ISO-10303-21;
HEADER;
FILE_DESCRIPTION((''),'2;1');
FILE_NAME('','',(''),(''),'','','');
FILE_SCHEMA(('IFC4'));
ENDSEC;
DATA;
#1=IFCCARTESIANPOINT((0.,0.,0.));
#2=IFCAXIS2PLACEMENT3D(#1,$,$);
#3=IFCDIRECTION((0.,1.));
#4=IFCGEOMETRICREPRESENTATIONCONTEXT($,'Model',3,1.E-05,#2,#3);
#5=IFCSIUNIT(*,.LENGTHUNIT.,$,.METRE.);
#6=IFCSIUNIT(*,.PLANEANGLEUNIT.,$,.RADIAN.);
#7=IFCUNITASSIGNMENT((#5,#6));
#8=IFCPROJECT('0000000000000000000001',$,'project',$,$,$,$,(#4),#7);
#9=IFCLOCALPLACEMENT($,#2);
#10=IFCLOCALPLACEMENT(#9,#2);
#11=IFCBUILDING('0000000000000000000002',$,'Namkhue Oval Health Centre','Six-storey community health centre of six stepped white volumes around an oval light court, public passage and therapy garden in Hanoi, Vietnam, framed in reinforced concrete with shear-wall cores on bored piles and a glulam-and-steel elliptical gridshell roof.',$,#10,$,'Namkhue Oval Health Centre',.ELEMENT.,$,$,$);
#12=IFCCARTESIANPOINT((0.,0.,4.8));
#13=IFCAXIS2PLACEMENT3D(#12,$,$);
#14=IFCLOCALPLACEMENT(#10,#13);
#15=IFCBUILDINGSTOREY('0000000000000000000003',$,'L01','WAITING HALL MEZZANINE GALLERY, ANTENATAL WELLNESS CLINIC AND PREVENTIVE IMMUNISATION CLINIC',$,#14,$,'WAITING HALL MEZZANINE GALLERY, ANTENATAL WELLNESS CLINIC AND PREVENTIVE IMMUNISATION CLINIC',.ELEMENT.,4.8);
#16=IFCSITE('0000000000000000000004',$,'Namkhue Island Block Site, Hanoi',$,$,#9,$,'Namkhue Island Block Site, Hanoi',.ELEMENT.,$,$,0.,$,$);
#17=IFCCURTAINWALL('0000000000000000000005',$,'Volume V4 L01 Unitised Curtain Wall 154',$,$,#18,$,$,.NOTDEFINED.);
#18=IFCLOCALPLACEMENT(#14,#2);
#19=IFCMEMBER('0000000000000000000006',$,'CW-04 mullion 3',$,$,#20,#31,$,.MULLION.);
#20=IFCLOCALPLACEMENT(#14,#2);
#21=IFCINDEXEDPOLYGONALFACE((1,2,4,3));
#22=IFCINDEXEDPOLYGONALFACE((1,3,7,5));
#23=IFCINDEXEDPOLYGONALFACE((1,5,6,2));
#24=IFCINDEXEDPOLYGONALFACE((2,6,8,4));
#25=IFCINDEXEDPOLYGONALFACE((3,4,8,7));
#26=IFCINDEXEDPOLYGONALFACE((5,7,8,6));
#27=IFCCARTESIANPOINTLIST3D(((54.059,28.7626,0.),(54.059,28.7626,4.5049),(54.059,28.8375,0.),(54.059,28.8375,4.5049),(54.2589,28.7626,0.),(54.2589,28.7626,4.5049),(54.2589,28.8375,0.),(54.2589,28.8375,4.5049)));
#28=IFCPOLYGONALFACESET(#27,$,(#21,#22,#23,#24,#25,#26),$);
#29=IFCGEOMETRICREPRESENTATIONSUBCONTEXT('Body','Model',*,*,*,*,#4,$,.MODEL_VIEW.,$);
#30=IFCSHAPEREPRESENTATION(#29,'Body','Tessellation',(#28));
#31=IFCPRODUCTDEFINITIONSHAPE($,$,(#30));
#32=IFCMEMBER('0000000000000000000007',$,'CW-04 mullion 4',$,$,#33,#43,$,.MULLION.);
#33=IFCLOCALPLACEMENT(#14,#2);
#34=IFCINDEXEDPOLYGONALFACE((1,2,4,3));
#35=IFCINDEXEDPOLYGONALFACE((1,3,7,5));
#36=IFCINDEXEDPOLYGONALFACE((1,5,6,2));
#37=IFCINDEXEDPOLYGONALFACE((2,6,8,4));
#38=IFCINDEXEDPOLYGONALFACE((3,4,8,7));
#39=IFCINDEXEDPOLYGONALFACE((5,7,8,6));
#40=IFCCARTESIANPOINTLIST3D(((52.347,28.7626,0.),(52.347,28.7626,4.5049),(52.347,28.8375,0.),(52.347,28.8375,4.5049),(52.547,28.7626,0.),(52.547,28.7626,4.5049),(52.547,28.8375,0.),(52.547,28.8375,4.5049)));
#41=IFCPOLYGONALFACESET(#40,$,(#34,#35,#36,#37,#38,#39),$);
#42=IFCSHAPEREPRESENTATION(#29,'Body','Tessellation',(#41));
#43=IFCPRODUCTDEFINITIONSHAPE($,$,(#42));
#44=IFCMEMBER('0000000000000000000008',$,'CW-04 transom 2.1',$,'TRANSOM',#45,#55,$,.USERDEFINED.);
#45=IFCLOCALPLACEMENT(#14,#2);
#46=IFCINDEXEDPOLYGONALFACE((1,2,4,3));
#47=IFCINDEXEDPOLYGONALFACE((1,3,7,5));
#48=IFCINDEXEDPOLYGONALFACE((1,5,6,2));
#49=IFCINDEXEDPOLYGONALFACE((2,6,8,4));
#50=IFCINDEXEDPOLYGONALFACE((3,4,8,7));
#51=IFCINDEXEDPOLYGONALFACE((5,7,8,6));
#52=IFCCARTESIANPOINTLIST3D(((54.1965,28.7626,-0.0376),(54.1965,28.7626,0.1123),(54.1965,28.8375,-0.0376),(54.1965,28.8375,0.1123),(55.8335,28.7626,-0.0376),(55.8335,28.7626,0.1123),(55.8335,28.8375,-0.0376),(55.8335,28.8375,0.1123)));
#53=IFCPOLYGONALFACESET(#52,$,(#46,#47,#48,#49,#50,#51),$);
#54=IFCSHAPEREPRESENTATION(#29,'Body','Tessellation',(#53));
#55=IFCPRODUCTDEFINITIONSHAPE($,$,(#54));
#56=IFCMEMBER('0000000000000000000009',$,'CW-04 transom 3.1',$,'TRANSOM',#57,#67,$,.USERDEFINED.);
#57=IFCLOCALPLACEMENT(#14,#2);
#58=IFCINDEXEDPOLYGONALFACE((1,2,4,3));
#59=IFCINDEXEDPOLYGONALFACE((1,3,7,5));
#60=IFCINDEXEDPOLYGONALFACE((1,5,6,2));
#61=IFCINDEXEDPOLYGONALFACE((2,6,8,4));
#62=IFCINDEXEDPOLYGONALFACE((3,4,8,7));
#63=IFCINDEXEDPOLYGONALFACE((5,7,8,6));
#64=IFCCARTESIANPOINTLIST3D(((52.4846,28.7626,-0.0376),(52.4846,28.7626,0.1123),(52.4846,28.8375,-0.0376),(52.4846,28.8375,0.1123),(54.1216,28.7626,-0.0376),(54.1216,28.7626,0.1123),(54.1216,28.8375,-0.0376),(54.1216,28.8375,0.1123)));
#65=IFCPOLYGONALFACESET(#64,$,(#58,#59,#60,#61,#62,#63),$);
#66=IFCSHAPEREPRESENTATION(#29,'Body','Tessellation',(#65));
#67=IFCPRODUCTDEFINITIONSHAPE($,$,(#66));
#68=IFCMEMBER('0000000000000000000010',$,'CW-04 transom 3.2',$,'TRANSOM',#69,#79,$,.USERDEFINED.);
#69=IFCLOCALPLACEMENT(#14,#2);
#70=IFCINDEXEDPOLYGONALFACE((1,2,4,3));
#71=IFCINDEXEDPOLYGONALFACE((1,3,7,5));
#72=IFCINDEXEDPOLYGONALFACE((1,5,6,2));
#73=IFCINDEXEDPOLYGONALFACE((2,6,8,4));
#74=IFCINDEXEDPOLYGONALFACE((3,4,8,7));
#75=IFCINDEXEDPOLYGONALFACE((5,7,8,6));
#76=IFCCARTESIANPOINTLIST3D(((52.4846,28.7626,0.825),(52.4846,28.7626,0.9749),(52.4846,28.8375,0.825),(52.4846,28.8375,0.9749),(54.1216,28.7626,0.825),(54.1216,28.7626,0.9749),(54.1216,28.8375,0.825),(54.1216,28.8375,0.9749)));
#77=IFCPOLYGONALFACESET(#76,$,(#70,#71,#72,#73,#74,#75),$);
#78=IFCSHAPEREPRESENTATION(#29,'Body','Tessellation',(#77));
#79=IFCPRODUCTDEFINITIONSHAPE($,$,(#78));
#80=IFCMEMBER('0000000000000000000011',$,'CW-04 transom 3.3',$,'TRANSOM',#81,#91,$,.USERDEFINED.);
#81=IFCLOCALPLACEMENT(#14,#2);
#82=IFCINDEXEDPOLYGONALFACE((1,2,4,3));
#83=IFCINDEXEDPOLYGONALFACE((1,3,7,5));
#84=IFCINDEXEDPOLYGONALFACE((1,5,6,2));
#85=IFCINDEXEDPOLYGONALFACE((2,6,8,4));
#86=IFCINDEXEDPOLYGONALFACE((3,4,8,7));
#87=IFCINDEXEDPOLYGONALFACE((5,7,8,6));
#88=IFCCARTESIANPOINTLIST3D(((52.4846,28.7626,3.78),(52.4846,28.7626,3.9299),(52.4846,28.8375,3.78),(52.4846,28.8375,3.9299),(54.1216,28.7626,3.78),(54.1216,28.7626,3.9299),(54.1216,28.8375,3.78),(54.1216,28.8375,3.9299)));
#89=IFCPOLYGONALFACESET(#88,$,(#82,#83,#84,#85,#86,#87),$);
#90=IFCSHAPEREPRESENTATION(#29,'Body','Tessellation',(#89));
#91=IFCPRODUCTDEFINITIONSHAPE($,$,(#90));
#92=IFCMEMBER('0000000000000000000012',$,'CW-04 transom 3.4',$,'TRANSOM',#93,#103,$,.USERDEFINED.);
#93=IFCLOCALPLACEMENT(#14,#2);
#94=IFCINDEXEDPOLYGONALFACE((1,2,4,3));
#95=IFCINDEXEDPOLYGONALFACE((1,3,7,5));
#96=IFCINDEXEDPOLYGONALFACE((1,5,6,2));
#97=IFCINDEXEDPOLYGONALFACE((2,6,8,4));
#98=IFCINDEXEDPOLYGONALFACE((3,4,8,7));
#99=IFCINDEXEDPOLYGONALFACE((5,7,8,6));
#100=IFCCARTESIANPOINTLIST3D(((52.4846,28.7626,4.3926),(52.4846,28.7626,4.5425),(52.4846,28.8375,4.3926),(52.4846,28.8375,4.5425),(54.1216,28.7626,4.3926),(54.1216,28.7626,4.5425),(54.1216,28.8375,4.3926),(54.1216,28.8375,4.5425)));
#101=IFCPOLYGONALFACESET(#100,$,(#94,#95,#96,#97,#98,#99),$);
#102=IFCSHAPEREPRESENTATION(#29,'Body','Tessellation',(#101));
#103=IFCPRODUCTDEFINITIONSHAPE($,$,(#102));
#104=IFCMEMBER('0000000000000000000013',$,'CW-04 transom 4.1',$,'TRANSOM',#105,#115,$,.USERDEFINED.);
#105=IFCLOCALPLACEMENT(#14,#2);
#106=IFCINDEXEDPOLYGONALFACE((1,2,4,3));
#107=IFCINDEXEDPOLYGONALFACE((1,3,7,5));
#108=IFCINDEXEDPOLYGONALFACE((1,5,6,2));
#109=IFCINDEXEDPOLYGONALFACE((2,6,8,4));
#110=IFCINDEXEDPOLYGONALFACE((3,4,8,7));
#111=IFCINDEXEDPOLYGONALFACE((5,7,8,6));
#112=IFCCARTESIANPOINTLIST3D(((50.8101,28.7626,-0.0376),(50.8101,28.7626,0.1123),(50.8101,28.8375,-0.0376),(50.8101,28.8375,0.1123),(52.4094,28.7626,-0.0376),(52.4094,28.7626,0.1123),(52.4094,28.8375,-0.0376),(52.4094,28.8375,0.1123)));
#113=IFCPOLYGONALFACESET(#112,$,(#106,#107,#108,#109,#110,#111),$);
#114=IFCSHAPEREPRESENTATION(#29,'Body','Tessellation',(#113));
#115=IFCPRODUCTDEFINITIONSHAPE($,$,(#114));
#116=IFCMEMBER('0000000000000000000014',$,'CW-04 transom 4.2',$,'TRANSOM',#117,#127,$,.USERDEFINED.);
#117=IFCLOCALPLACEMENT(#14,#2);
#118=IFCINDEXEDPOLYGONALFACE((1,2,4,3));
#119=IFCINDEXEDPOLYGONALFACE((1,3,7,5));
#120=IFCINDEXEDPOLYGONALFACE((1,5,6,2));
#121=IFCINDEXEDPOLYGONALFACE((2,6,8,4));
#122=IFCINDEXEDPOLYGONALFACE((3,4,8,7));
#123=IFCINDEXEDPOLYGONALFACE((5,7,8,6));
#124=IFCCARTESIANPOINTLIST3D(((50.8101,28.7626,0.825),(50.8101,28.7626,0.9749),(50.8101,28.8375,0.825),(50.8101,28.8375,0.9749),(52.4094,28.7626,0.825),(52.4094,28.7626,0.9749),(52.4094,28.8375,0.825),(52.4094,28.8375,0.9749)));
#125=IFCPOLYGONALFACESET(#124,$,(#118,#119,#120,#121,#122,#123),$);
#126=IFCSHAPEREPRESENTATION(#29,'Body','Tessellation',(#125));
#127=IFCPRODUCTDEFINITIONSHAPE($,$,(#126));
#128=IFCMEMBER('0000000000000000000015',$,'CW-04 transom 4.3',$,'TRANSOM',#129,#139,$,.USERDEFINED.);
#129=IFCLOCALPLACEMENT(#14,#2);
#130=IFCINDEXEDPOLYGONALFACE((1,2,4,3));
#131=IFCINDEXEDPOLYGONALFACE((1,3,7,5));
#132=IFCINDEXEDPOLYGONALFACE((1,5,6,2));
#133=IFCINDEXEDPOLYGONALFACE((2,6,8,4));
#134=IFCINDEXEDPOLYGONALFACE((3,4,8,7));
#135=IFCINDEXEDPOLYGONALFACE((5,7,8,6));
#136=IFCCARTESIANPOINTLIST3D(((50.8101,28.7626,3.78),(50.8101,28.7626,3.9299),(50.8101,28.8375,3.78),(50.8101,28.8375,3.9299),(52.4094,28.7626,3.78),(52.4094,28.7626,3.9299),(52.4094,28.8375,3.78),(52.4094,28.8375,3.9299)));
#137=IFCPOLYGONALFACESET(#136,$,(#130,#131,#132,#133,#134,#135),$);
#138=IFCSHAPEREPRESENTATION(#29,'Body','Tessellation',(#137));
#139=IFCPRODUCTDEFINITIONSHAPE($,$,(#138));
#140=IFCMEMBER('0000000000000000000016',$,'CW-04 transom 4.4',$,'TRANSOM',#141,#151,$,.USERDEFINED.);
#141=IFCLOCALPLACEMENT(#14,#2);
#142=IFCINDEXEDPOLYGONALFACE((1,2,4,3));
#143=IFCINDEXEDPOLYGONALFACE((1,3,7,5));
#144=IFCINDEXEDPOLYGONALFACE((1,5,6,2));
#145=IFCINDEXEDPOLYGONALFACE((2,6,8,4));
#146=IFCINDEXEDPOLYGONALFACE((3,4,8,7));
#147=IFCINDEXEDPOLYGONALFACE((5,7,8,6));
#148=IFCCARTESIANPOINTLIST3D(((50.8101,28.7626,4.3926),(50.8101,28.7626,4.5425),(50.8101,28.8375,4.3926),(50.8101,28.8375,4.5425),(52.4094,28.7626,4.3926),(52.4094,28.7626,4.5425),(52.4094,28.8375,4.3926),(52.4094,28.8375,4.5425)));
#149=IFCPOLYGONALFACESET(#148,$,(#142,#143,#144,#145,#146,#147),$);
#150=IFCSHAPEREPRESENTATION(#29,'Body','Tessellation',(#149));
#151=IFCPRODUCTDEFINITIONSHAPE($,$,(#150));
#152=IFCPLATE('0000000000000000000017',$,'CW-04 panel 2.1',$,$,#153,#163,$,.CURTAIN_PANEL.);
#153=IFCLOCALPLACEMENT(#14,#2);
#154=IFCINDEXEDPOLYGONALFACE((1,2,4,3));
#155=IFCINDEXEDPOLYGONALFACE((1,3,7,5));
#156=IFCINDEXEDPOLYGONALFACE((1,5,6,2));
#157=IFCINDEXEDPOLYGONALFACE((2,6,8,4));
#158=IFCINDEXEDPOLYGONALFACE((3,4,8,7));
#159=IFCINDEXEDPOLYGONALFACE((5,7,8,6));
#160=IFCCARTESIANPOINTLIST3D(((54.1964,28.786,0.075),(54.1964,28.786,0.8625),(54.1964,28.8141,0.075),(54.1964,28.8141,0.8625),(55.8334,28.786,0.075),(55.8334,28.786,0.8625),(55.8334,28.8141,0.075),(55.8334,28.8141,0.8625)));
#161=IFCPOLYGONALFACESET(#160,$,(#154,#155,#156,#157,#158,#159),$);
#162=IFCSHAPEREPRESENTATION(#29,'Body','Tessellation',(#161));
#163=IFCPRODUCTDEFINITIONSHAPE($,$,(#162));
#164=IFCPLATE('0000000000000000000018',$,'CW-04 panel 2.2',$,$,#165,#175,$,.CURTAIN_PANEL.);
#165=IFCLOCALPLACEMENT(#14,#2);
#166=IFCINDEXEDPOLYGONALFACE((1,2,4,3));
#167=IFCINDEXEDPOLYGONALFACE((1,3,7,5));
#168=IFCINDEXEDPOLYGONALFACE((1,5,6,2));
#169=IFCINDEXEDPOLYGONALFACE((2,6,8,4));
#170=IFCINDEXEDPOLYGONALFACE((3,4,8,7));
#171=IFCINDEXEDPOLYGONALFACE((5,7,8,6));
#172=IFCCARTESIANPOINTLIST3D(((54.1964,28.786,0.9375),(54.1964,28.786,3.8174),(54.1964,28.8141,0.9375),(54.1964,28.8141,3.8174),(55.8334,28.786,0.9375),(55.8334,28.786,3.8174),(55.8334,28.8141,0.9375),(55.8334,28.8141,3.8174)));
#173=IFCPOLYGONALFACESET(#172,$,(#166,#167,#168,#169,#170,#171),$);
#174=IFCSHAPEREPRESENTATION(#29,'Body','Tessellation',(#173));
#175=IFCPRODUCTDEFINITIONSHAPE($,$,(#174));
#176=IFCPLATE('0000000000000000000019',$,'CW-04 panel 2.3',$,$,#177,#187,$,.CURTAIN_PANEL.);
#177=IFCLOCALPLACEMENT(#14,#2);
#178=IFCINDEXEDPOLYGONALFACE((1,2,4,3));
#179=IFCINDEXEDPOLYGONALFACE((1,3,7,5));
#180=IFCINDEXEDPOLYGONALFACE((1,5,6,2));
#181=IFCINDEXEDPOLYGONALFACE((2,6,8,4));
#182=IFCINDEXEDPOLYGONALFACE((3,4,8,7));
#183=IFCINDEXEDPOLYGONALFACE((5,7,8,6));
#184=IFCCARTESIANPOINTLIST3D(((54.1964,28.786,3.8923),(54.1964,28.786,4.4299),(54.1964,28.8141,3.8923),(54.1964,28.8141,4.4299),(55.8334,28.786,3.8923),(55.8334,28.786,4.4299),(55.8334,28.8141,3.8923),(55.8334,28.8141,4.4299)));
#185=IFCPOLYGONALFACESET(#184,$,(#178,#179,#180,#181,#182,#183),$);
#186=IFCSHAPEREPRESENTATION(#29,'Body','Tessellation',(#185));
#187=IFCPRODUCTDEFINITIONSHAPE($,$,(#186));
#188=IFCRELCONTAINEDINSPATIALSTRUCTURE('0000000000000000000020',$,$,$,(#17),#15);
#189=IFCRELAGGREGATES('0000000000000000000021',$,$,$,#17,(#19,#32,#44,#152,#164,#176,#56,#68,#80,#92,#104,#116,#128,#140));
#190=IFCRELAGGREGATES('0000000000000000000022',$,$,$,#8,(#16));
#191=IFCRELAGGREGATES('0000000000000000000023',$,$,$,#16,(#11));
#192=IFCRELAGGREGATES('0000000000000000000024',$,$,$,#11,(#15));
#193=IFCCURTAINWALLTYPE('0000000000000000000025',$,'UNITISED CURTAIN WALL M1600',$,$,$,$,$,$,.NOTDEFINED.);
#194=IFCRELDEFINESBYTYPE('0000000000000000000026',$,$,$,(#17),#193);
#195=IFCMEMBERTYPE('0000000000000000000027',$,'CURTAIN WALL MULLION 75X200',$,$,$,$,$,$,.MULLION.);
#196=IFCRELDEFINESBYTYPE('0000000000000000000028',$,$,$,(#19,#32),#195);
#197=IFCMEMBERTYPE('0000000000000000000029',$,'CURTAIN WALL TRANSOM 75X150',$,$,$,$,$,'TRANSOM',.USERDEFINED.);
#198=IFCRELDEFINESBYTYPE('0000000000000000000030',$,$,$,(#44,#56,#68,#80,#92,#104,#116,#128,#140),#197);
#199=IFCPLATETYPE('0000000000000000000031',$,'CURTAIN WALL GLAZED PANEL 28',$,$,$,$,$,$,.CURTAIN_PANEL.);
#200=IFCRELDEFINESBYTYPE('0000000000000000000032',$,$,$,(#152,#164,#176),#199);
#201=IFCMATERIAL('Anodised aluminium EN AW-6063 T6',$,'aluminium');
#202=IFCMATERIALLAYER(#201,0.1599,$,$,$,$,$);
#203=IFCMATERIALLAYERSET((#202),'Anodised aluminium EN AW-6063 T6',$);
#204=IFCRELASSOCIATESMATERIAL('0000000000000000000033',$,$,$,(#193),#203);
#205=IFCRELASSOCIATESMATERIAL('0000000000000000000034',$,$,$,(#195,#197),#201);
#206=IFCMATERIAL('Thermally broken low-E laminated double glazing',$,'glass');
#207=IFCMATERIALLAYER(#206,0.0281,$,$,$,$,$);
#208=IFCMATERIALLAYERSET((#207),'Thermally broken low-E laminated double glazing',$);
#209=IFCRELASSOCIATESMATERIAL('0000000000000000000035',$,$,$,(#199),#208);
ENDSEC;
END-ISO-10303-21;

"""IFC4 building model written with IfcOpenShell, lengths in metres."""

from ifc_helpers import new_model, si_unit, direction, frame, origin, origin_2d, place, context, subcontext, project, spatial, rectangle, extrude, material, layer, layer_set, material_profile, profile_set, type_object, element, aggregate, save


model = new_model("IFC4")

# Units and contexts
model_context = context("Model", 3, precision=1e-05, world=origin(), true_north=direction((0.0, 1.0)))
body_context = subcontext(model_context, "Body", "Model", "MODEL_VIEW")
ifc_project = project(units=[si_unit("LENGTHUNIT", "METRE"), si_unit("PLANEANGLEUNIT", "RADIAN")], contexts=[model_context])

# Site, building, storey
site_placement = place(None, origin())
site = spatial("IfcSite", under=ifc_project, at=site_placement, Name="Namkhue Island Block Site, Hanoi", LongName="Namkhue Island Block Site, Hanoi", CompositionType="ELEMENT", RefElevation=0.0)
building_placement = place(site_placement, origin())
building = spatial("IfcBuilding", under=site, at=building_placement, Name="Namkhue Oval Health Centre", Description="Six-storey community health centre of six stepped white volumes around an oval light court, public passage and therapy garden in Hanoi, Vietnam, framed in reinforced concrete with shear-wall cores on bored piles and a glulam-and-steel elliptical gridshell roof.", LongName="Namkhue Oval Health Centre", CompositionType="ELEMENT")
storey_placement = place(building_placement, frame((0.0, 0.0, 4.8)))
storey = spatial("IfcBuildingStorey", under=building, at=storey_placement, Name="L01", Description="WAITING HALL MEZZANINE GALLERY, ANTENATAL WELLNESS CLINIC AND PREVENTIVE IMMUNISATION CLINIC", LongName="WAITING HALL MEZZANINE GALLERY, ANTENATAL WELLNESS CLINIC AND PREVENTIVE IMMUNISATION CLINIC", CompositionType="ELEMENT", Elevation=4.8)

# Curtain wall, members, plates
ifc_material_1 = material(Name="Anodised aluminium EN AW-6063 T6", Category="aluminium")
ifc_layer_1 = layer(ifc_material_1, 0.1599)
ifc_layer_set_1 = layer_set([ifc_layer_1], Name="Anodised aluminium EN AW-6063 T6")
curtain_wall_type = type_object("IfcCurtainWallType", Name="UNITISED CURTAIN WALL M1600", PredefinedType="NOTDEFINED", material=ifc_layer_set_1)
curtain_wall_placement = place(storey_placement, origin())
curtain_wall = element("IfcCurtainWall", 1, at=curtain_wall_placement, inside=storey, type_object=curtain_wall_type, Name="Volume V4 L01 Unitised Curtain Wall 154", PredefinedType="NOTDEFINED")
ifc_material_profile_1 = material_profile(ifc_material_1, rectangle(XDim=0.075, YDim=0.2, at=origin_2d()), Name="ALU 75x200")
ifc_profile_set_1 = profile_set([ifc_material_profile_1], Name="Anodised aluminium EN AW-6063 T6")
member_type_1 = type_object("IfcMemberType", Name="CURTAIN WALL MULLION 75X200", PredefinedType="MULLION", material=ifc_profile_set_1)
member_1_placement = place(storey_placement, frame((54.1589, 28.8, 0.0), z_axis=(0.0, 0.0, 1.0), x_axis=(0.0, -1.0, 0.0)))
member_1 = element("IfcMember", 2, at=member_1_placement, type_object=member_type_1, Name="CW-04 mullion 3", PredefinedType="MULLION", context=body_context, shape_type="SweptSolid", body=[
    extrude(rectangle(XDim=0.075, YDim=0.2, at=origin_2d()), origin(), (0.0, 0.0, 1.0), 4.5049),
])
member_2_placement = place(storey_placement, frame((52.447, 28.8, 0.0), z_axis=(0.0, 0.0, 1.0), x_axis=(0.0, -1.0, 0.0)))
member_2 = element("IfcMember", 3, at=member_2_placement, type_object=member_type_1, Name="CW-04 mullion 4", PredefinedType="MULLION", context=body_context, shape_type="SweptSolid", body=[
    extrude(rectangle(XDim=0.075, YDim=0.2, at=origin_2d()), origin(), (0.0, 0.0, 1.0), 4.5049),
])
ifc_material_profile_2 = material_profile(ifc_material_1, rectangle(XDim=0.075, YDim=0.1499, at=origin_2d()), Name="ALU 75x150")
ifc_profile_set_2 = profile_set([ifc_material_profile_2], Name="Anodised aluminium EN AW-6063 T6")
member_type_2 = type_object("IfcMemberType", Name="CURTAIN WALL TRANSOM 75X150", ElementType="TRANSOM", PredefinedType="USERDEFINED", material=ifc_profile_set_2)
member_3_placement = place(storey_placement, frame((55.8335, 28.8, 0.0374), z_axis=(-1.0, 0.0, 0.0), x_axis=(0.0, -1.0, 0.0)))
member_3 = element("IfcMember", 4, at=member_3_placement, type_object=member_type_2, Name="CW-04 transom 2.1", ObjectType="TRANSOM", PredefinedType="USERDEFINED", context=body_context, shape_type="SweptSolid", body=[
    extrude(rectangle(XDim=0.075, YDim=0.1499, at=origin_2d()), origin(), (0.0, 0.0, 1.0), 1.637),
])
member_4_placement = place(storey_placement, frame((54.1216, 28.8, 0.0374), z_axis=(-1.0, 0.0, 0.0), x_axis=(0.0, -1.0, 0.0)))
member_4 = element("IfcMember", 5, at=member_4_placement, type_object=member_type_2, Name="CW-04 transom 3.1", ObjectType="TRANSOM", PredefinedType="USERDEFINED", context=body_context, shape_type="SweptSolid", body=[
    extrude(rectangle(XDim=0.075, YDim=0.1499, at=origin_2d()), origin(), (0.0, 0.0, 1.0), 1.637),
])
member_5_placement = place(storey_placement, frame((54.1216, 28.8, 0.8999), z_axis=(-1.0, 0.0, 0.0), x_axis=(0.0, -1.0, 0.0)))
member_5 = element("IfcMember", 6, at=member_5_placement, type_object=member_type_2, Name="CW-04 transom 3.2", ObjectType="TRANSOM", PredefinedType="USERDEFINED", context=body_context, shape_type="SweptSolid", body=[
    extrude(rectangle(XDim=0.075, YDim=0.1499, at=origin_2d()), origin(), (0.0, 0.0, 1.0), 1.637),
])
member_6_placement = place(storey_placement, frame((54.1216, 28.8, 3.855), z_axis=(-1.0, 0.0, 0.0), x_axis=(0.0, -1.0, 0.0)))
member_6 = element("IfcMember", 7, at=member_6_placement, type_object=member_type_2, Name="CW-04 transom 3.3", ObjectType="TRANSOM", PredefinedType="USERDEFINED", context=body_context, shape_type="SweptSolid", body=[
    extrude(rectangle(XDim=0.075, YDim=0.1499, at=origin_2d()), origin(), (0.0, 0.0, 1.0), 1.637),
])
member_7_placement = place(storey_placement, frame((54.1216, 28.8, 4.4675), z_axis=(-1.0, 0.0, 0.0), x_axis=(0.0, -1.0, 0.0)))
member_7 = element("IfcMember", 8, at=member_7_placement, type_object=member_type_2, Name="CW-04 transom 3.4", ObjectType="TRANSOM", PredefinedType="USERDEFINED", context=body_context, shape_type="SweptSolid", body=[
    extrude(rectangle(XDim=0.075, YDim=0.1499, at=origin_2d()), origin(), (0.0, 0.0, 1.0), 1.637),
])
member_8_placement = place(storey_placement, frame((52.4094, 28.8, 0.0374), z_axis=(-1.0, 0.0, 0.0), x_axis=(0.0, -1.0, 0.0)))
member_8 = element("IfcMember", 9, at=member_8_placement, type_object=member_type_2, Name="CW-04 transom 4.1", ObjectType="TRANSOM", PredefinedType="USERDEFINED", context=body_context, shape_type="SweptSolid", body=[
    extrude(rectangle(XDim=0.075, YDim=0.1499, at=origin_2d()), origin(), (0.0, 0.0, 1.0), 1.5994),
])
member_9_placement = place(storey_placement, frame((52.4094, 28.8, 0.8999), z_axis=(-1.0, 0.0, 0.0), x_axis=(0.0, -1.0, 0.0)))
member_9 = element("IfcMember", 10, at=member_9_placement, type_object=member_type_2, Name="CW-04 transom 4.2", ObjectType="TRANSOM", PredefinedType="USERDEFINED", context=body_context, shape_type="SweptSolid", body=[
    extrude(rectangle(XDim=0.075, YDim=0.1499, at=origin_2d()), origin(), (0.0, 0.0, 1.0), 1.5994),
])
member_10_placement = place(storey_placement, frame((52.4094, 28.8, 3.855), z_axis=(-1.0, 0.0, 0.0), x_axis=(0.0, -1.0, 0.0)))
member_10 = element("IfcMember", 11, at=member_10_placement, type_object=member_type_2, Name="CW-04 transom 4.3", ObjectType="TRANSOM", PredefinedType="USERDEFINED", context=body_context, shape_type="SweptSolid", body=[
    extrude(rectangle(XDim=0.075, YDim=0.1499, at=origin_2d()), origin(), (0.0, 0.0, 1.0), 1.5994),
])
member_11_placement = place(storey_placement, frame((52.4094, 28.8, 4.4675), z_axis=(-1.0, 0.0, 0.0), x_axis=(0.0, -1.0, 0.0)))
member_11 = element("IfcMember", 12, at=member_11_placement, type_object=member_type_2, Name="CW-04 transom 4.4", ObjectType="TRANSOM", PredefinedType="USERDEFINED", context=body_context, shape_type="SweptSolid", body=[
    extrude(rectangle(XDim=0.075, YDim=0.1499, at=origin_2d()), origin(), (0.0, 0.0, 1.0), 1.5994),
])
ifc_material_2 = material(Name="Thermally broken low-E laminated double glazing", Category="glass")
ifc_layer_2 = layer(ifc_material_2, 0.0281)
ifc_layer_set_2 = layer_set([ifc_layer_2], Name="Thermally broken low-E laminated double glazing")
plate_type = type_object("IfcPlateType", Name="CURTAIN WALL GLAZED PANEL 28", PredefinedType="CURTAIN_PANEL", material=ifc_layer_set_2)
plate_1_placement = place(storey_placement, frame((55.0149, 28.8, 0.075), z_axis=(0.0, 0.0, 1.0), x_axis=(-1.0, 0.0, 0.0)))
plate_1 = element("IfcPlate", 13, at=plate_1_placement, type_object=plate_type, Name="CW-04 panel 2.1", PredefinedType="CURTAIN_PANEL", context=body_context, shape_type="SweptSolid", body=[
    extrude(rectangle(XDim=1.637, YDim=0.0281, at=origin_2d()), origin(), (0.0, 0.0, 1.0), 0.7876),
])
plate_2_placement = place(storey_placement, frame((55.0149, 28.8, 0.9375), z_axis=(0.0, 0.0, 1.0), x_axis=(-1.0, 0.0, 0.0)))
plate_2 = element("IfcPlate", 14, at=plate_2_placement, type_object=plate_type, Name="CW-04 panel 2.2", PredefinedType="CURTAIN_PANEL", context=body_context, shape_type="SweptSolid", body=[
    extrude(rectangle(XDim=1.637, YDim=0.0281, at=origin_2d()), origin(), (0.0, 0.0, 1.0), 2.8799),
])
plate_3_placement = place(storey_placement, frame((55.0149, 28.8, 3.8923), z_axis=(0.0, 0.0, 1.0), x_axis=(-1.0, 0.0, 0.0)))
plate_3 = element("IfcPlate", 15, at=plate_3_placement, type_object=plate_type, Name="CW-04 panel 2.3", PredefinedType="CURTAIN_PANEL", context=body_context, shape_type="SweptSolid", body=[
    extrude(rectangle(XDim=1.637, YDim=0.0281, at=origin_2d()), origin(), (0.0, 0.0, 1.0), 0.5376),
])
aggregate(curtain_wall, [member_1, member_2, member_3, plate_1, plate_2, plate_3, member_4, member_5, member_6, member_7, member_8, member_9, member_10, member_11])

save(model, "model.ifc")
